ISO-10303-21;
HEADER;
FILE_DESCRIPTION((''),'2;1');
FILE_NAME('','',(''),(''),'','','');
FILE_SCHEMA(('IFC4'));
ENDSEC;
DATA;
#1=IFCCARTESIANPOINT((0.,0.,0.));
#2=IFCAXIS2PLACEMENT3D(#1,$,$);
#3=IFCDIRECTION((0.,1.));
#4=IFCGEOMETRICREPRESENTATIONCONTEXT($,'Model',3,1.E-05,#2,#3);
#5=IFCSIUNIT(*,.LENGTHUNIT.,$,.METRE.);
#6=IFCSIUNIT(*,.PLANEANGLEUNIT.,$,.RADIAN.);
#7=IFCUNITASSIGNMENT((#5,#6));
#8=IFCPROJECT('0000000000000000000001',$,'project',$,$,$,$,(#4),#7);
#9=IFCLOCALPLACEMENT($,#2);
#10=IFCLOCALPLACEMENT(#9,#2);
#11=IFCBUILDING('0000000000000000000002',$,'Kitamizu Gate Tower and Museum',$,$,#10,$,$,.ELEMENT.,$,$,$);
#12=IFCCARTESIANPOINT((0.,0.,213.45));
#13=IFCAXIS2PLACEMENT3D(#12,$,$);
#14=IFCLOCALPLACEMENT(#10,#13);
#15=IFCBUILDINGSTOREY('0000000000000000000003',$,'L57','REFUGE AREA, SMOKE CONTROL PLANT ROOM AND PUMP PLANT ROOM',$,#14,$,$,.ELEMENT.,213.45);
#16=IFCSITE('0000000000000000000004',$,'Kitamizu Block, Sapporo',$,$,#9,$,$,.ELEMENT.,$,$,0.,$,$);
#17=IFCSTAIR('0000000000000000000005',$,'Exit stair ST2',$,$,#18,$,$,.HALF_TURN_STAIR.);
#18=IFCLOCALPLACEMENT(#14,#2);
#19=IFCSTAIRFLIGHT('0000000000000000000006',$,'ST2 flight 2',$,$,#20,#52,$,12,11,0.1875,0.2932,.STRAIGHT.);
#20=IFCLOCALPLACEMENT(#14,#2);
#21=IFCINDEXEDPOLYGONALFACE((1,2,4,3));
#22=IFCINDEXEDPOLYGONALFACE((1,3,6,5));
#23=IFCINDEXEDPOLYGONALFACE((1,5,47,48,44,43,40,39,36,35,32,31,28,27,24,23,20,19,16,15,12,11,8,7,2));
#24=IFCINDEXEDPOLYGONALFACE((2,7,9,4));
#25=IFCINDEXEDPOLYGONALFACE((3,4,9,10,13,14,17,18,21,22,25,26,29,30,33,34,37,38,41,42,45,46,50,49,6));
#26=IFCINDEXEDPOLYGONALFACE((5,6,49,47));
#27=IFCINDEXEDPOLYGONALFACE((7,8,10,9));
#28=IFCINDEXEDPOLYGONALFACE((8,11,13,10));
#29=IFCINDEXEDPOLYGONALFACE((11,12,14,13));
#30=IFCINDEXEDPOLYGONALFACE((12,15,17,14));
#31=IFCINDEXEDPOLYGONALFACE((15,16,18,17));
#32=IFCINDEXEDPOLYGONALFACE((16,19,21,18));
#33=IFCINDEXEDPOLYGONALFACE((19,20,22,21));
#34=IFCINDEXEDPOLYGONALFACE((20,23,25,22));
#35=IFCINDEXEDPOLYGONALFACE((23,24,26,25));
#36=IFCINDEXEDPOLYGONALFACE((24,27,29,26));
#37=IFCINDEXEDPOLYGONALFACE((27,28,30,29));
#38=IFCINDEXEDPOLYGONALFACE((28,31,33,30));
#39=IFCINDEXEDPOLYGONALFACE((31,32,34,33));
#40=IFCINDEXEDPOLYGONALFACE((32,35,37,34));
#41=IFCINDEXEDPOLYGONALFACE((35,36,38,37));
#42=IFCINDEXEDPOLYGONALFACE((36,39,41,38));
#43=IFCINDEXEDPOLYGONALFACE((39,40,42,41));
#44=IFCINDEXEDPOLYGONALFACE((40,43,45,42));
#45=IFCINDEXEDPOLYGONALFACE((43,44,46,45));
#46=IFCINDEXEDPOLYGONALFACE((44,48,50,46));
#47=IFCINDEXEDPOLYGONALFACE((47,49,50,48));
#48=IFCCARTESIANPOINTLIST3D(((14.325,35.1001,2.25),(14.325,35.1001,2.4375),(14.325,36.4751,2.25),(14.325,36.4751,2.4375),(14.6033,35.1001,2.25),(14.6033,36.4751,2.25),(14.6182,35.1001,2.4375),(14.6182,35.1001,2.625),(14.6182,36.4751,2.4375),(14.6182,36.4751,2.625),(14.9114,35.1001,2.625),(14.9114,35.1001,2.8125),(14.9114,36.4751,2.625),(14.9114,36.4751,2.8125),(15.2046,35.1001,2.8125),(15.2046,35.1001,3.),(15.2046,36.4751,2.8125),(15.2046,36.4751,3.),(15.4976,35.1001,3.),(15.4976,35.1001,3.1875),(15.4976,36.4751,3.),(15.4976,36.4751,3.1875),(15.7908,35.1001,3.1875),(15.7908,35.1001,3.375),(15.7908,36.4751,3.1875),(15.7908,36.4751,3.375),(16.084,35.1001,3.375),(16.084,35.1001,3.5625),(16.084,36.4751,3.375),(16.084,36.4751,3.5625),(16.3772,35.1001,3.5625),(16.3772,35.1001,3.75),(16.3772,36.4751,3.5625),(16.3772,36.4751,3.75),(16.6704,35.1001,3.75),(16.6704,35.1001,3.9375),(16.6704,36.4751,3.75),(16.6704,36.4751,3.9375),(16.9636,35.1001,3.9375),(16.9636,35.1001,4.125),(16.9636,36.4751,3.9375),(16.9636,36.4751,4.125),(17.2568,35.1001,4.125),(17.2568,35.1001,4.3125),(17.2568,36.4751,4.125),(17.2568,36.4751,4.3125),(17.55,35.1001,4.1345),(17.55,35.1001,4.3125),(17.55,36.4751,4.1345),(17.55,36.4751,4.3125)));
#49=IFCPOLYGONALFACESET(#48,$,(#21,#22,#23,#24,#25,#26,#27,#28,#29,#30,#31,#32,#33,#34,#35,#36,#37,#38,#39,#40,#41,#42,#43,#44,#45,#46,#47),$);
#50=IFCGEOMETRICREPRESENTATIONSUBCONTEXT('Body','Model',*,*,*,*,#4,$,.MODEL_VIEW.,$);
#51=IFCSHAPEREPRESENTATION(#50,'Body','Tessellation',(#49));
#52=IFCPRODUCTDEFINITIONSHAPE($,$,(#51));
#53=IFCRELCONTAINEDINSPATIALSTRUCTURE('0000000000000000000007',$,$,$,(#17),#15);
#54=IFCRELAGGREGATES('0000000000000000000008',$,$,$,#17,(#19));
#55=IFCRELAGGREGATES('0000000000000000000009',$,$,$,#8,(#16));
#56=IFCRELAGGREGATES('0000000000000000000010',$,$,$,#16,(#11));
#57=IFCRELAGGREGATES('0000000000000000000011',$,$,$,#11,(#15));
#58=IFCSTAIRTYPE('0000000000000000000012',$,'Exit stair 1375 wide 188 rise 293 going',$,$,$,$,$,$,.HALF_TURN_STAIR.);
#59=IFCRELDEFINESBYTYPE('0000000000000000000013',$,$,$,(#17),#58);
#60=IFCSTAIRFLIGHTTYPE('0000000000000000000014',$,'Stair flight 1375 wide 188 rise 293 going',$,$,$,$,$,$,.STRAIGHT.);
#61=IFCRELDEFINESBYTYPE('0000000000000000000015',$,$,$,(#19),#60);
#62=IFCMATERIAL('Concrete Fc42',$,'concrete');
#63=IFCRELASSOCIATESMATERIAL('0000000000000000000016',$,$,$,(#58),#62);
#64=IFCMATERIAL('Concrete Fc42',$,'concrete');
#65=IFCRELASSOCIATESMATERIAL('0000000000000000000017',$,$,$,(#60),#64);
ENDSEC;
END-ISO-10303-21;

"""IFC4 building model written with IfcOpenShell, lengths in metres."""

from ifc_helpers import new_model, si_unit, direction, frame, origin, place, context, subcontext, project, spatial, polyline, outline, extrude, material, type_object, element, aggregate, save


model = new_model("IFC4")

# Units and contexts
model_context = context("Model", 3, precision=1e-05, world=origin(), true_north=direction((0.0, 1.0)))
body_context = subcontext(model_context, "Body", "Model", "MODEL_VIEW")
ifc_project = project(units=[si_unit("LENGTHUNIT", "METRE"), si_unit("PLANEANGLEUNIT", "RADIAN")], contexts=[model_context])

# Site, building, storey
site_placement = place(None, origin())
site = spatial("IfcSite", under=ifc_project, at=site_placement, Name="Kitamizu Block, Sapporo", CompositionType="ELEMENT", RefElevation=0.0)
building_placement = place(site_placement, origin())
building = spatial("IfcBuilding", under=site, at=building_placement, Name="Kitamizu Gate Tower and Museum", CompositionType="ELEMENT")
storey_placement = place(building_placement, frame((0.0, 0.0, 213.45)))
storey = spatial("IfcBuildingStorey", under=building, at=storey_placement, Name="L57", Description="REFUGE AREA, SMOKE CONTROL PLANT ROOM AND PUMP PLANT ROOM", CompositionType="ELEMENT", Elevation=213.45)

# Stair, stair flight
ifc_material_1 = material(Name="Concrete Fc42", Category="concrete")
stair_type = type_object("IfcStairType", Name="Exit stair 1375 wide 188 rise 293 going", PredefinedType="HALF_TURN_STAIR", material=ifc_material_1)
stair_placement = place(storey_placement, origin())
stair = element("IfcStair", 1, at=stair_placement, inside=storey, type_object=stair_type, Name="Exit stair ST2", PredefinedType="HALF_TURN_STAIR")
ifc_material_2 = material(Name="Concrete Fc42", Category="concrete")
stair_flight_type = type_object("IfcStairFlightType", Name="Stair flight 1375 wide 188 rise 293 going", PredefinedType="STRAIGHT", material=ifc_material_2)
stair_flight_1_placement = place(storey_placement, frame((14.325, 35.7876, 2.25), z_axis=(0.0, 0.0, 1.0), x_axis=(1.0, 0.0, 0.0)))
stair_flight_1 = element("IfcStairFlight", 2, at=stair_flight_1_placement, type_object=stair_flight_type, Name="ST2 flight 2", NumberOfRisers=12, NumberOfTreads=11, PredefinedType="STRAIGHT", RiserHeight=0.1875, TreadLength=0.2932, context=body_context, shape_type="SweptSolid", body=[
    extrude(outline(polyline([(0.0, 0.0), (0.0, 0.1875), (0.2932, 0.1875), (0.2932, 0.375), (0.5864, 0.375), (0.5864, 0.5625), (0.8796, 0.5625), (0.8796, 0.75), (1.1726, 0.75), (1.1726, 0.9375), (1.4658, 0.9375), (1.4658, 1.125), (1.759, 1.125), (1.759, 1.3125), (2.0522, 1.3125), (2.0522, 1.5), (2.3455, 1.5), (2.3455, 1.6875), (2.6387, 1.6875), (2.6387, 1.875), (2.9319, 1.875), (2.9319, 2.0625), (3.2251, 2.0625), (3.2251, 2.25), (3.2251, 1.8845), (0.2783, 0.0), (0.0, 0.0)])), frame((0.0, 0.6875, 0.0), z_axis=(0.0, -1.0, 0.0), x_axis=(1.0, 0.0, 0.0)), (0.0, 0.0, 1.0), 1.375),
])
aggregate(stair, [stair_flight_1])

save(model, "model.ifc")
